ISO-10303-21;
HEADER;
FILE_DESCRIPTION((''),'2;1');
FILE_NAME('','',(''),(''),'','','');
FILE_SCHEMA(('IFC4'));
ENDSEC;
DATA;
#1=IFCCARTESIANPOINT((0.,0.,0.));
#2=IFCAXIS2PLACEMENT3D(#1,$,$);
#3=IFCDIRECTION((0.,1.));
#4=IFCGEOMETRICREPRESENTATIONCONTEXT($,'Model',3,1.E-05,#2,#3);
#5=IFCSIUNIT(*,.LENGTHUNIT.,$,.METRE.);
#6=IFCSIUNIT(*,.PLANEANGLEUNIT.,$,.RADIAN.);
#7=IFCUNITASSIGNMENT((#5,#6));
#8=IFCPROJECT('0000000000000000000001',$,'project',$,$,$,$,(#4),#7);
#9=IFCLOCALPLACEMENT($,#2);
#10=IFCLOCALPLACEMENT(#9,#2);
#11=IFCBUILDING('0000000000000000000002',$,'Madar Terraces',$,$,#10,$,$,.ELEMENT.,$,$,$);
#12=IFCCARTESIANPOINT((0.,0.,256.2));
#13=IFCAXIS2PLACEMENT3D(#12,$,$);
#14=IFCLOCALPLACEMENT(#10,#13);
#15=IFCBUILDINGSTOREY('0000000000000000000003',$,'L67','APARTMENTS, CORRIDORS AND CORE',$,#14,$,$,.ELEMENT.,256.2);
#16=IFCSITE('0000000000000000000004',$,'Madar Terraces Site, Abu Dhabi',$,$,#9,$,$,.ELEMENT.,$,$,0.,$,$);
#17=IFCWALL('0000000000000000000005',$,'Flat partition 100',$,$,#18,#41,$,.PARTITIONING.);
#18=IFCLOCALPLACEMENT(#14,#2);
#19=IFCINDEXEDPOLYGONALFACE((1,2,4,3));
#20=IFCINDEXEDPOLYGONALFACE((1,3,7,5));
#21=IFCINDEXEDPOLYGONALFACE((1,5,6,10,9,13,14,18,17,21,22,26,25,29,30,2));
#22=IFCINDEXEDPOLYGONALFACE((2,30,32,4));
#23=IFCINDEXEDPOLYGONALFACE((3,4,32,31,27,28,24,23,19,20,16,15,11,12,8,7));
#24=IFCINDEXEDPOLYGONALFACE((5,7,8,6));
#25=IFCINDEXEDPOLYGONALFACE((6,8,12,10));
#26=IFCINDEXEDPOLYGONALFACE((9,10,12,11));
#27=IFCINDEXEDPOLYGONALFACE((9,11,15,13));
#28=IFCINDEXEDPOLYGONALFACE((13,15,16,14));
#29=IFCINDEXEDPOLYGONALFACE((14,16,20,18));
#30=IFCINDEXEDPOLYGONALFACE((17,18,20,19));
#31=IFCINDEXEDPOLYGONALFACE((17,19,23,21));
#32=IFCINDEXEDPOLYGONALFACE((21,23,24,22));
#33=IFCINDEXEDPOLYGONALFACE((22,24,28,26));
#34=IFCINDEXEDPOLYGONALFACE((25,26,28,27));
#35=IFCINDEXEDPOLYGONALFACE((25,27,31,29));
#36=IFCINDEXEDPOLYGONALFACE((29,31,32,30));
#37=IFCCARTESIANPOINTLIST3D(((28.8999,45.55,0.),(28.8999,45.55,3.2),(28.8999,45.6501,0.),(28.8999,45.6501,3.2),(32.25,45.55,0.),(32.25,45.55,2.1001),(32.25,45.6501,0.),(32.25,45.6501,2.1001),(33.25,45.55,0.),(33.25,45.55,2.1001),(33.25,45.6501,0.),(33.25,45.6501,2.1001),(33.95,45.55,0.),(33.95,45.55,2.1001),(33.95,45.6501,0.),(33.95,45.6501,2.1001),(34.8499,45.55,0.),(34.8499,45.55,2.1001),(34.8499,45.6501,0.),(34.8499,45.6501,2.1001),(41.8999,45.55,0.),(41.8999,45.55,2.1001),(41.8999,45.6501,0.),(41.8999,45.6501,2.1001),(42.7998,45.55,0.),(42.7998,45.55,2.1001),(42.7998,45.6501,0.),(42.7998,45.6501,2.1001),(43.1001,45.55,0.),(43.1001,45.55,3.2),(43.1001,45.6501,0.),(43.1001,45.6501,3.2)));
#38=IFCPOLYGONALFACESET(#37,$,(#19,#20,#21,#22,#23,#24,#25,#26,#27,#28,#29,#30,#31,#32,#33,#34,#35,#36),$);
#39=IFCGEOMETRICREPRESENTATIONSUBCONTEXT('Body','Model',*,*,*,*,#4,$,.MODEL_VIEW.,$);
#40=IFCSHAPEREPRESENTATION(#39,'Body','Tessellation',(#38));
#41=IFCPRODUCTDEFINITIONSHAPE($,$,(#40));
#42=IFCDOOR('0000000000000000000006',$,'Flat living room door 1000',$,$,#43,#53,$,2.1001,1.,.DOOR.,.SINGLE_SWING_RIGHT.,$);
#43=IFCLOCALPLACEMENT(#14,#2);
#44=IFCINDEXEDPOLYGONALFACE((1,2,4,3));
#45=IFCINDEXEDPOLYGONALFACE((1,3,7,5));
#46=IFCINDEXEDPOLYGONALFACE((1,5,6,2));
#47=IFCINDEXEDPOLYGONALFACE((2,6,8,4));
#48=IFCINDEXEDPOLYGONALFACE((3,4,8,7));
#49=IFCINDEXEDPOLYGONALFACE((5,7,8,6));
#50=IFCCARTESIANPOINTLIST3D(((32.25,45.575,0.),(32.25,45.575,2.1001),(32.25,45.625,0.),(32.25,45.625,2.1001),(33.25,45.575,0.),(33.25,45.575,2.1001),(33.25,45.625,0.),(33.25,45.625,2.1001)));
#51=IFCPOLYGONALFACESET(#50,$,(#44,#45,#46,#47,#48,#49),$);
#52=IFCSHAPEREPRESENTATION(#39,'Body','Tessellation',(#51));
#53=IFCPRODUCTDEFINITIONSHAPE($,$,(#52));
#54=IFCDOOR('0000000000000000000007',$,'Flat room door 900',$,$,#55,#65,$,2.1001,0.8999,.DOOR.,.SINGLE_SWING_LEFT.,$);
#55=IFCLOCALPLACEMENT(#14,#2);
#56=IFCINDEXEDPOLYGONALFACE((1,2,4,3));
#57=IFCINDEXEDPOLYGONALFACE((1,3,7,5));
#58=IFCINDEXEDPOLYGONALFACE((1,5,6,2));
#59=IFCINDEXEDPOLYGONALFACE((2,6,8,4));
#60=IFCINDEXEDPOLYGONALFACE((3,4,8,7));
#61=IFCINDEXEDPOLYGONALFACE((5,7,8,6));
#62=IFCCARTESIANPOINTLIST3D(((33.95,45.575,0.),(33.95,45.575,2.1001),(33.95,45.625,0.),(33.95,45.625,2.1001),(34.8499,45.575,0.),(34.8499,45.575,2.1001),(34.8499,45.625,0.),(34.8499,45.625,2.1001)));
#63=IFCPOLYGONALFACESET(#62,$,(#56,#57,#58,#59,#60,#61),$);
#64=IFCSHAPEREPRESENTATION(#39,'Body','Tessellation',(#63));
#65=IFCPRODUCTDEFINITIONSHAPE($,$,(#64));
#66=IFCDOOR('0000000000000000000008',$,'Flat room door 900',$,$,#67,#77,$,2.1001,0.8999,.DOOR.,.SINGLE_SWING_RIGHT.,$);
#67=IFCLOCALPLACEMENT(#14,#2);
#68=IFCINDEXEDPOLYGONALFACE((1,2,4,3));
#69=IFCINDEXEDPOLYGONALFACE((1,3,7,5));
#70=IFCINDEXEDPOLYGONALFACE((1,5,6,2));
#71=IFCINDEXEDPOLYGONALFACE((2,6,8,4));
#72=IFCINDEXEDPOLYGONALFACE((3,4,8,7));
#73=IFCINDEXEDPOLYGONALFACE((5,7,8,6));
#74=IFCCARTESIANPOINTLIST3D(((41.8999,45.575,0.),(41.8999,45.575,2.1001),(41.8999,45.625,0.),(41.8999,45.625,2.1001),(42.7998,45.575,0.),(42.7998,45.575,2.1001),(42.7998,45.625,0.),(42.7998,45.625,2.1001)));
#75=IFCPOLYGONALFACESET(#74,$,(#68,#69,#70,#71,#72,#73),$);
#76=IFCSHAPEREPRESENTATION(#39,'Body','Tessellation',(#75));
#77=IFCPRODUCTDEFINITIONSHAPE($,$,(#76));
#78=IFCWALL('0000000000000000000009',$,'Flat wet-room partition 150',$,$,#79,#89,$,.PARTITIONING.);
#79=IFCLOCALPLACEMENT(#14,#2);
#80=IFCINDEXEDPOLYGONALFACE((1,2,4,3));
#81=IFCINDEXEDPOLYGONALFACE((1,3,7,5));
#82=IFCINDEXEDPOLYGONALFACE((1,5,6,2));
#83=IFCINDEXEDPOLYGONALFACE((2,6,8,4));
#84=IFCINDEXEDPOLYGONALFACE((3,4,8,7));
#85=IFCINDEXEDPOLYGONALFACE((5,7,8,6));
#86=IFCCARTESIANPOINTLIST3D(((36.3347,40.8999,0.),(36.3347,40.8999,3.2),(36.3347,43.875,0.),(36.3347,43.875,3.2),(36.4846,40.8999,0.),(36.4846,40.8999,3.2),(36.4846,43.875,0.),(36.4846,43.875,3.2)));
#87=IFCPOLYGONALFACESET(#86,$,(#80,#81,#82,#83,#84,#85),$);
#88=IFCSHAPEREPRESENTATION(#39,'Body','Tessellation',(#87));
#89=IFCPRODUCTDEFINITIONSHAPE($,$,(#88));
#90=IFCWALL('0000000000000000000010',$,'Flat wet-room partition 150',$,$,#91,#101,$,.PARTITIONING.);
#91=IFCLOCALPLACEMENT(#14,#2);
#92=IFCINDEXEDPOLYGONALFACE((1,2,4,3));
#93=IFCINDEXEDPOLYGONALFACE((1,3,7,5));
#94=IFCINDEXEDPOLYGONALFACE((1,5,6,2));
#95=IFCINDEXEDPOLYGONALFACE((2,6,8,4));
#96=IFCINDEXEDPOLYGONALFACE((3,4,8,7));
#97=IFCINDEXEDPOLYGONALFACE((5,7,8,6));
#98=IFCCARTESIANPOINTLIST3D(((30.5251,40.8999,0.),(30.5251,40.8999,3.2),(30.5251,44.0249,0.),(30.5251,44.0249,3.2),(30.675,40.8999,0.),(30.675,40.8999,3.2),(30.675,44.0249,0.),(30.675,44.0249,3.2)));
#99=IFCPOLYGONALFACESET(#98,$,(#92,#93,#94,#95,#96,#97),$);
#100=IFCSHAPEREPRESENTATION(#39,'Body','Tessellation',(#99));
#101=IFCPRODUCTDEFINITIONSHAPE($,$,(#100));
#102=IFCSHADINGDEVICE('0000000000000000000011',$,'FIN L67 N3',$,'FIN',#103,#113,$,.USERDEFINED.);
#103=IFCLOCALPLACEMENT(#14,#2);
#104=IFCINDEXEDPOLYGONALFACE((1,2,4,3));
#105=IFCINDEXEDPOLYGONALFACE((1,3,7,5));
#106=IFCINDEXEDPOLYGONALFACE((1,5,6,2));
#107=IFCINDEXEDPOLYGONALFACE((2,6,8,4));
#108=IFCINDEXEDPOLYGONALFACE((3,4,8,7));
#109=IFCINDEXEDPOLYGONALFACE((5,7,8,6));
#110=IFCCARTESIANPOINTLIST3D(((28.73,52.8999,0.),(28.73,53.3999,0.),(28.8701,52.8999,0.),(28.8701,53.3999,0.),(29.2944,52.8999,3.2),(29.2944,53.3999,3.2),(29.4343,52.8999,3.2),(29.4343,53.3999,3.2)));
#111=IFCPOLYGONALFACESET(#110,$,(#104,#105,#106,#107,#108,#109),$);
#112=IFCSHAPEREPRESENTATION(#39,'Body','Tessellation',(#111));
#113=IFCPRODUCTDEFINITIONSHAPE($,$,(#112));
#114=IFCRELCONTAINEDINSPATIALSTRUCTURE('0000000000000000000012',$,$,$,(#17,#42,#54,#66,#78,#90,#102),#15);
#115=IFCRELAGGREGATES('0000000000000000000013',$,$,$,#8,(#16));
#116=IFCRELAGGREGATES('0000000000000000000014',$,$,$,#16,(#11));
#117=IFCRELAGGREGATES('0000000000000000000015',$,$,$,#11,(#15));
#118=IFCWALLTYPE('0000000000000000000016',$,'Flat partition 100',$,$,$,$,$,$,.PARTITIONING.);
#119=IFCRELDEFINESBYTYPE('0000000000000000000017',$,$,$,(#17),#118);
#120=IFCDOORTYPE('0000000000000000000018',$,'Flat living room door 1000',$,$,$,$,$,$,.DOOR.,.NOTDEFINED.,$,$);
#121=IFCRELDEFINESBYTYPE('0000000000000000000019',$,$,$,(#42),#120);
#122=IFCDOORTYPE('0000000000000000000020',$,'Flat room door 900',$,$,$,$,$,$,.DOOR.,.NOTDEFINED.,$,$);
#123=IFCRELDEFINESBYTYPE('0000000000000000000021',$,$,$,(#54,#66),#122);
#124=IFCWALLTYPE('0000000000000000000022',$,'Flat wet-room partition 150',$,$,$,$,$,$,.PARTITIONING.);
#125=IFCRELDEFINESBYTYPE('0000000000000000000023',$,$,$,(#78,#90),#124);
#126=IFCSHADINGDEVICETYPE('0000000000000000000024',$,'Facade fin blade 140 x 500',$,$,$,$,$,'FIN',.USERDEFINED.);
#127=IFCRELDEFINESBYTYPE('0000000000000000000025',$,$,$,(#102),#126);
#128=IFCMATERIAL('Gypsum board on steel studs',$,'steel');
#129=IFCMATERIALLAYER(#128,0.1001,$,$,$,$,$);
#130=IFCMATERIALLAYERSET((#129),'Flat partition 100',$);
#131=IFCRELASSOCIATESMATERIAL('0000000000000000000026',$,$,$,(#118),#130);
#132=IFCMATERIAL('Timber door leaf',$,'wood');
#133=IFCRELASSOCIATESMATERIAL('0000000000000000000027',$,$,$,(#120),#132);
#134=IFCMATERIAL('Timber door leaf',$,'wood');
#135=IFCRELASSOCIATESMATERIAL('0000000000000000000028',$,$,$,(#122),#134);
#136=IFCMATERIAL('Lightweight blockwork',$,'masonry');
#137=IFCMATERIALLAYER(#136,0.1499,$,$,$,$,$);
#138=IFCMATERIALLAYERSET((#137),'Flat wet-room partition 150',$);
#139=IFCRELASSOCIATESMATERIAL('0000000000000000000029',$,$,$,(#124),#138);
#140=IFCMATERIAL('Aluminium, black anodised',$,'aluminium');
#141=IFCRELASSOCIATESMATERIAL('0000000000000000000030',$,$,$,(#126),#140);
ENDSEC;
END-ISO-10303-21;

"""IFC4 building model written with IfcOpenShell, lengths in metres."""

from ifc_helpers import new_model, si_unit, direction, frame, frame_2d, origin, place, context, subcontext, project, spatial, polyline, rectangle, outline, extrude, material, layer, layer_set, type_object, element, fill, save


model = new_model("IFC4")

# Units and contexts
model_context = context("Model", 3, precision=1e-05, world=origin(), true_north=direction((0.0, 1.0)))
body_context = subcontext(model_context, "Body", "Model", "MODEL_VIEW")
ifc_project = project(units=[si_unit("LENGTHUNIT", "METRE"), si_unit("PLANEANGLEUNIT", "RADIAN")], contexts=[model_context])

# Site, building, storey
site_placement = place(None, origin())
site = spatial("IfcSite", under=ifc_project, at=site_placement, Name="Madar Terraces Site, Abu Dhabi", CompositionType="ELEMENT", RefElevation=0.0)
building_placement = place(site_placement, origin())
building = spatial("IfcBuilding", under=site, at=building_placement, Name="Madar Terraces", CompositionType="ELEMENT")
storey_placement = place(building_placement, frame((0.0, 0.0, 256.2)))
storey = spatial("IfcBuildingStorey", under=building, at=storey_placement, Name="L67", Description="APARTMENTS, CORRIDORS AND CORE", CompositionType="ELEMENT", Elevation=256.2)

# Shared definitions
ifc_material_1 = material(Name="Gypsum board on steel studs", Category="steel")
ifc_layer_1 = layer(ifc_material_1, 0.1001)
ifc_layer_set_1 = layer_set([ifc_layer_1], Name="Flat partition 100")
wall_type_1 = type_object("IfcWallType", Name="Flat partition 100", PredefinedType="PARTITIONING", material=ifc_layer_set_1)

# Wall, openings, doors
wall_1_placement = place(storey_placement, frame((28.8999, 45.6001, 0.0), z_axis=(0.0, 0.0, 1.0), x_axis=(1.0, 0.0, 0.0)))
wall_1 = element("IfcWall", 1, at=wall_1_placement, inside=storey, type_object=wall_type_1, Name="Flat partition 100", PredefinedType="PARTITIONING", context=body_context, shape_type="SweptSolid", body=[
    extrude(rectangle(XDim=14.2002, YDim=0.1001, at=frame_2d((7.1001, 0.0))), origin(), (0.0, 0.0, 1.0), 3.2),
])
opening_1_placement = place(wall_1_placement, frame((3.3501, 0.0, 0.0)))
opening_1 = element("IfcOpeningElement", 2, at=opening_1_placement, cuts=wall_1, PredefinedType="OPENING", context=body_context, shape_type="SweptSolid", body=[
    extrude(rectangle(XDim=1.0, YDim=2.1001, at=frame_2d((0.5, 1.05))), frame((0.0, 0.0601, 0.0), z_axis=(0.0, -1.0, 0.0), x_axis=(1.0, 0.0, 0.0)), (0.0, 0.0, 1.0), 0.1201),
])
opening_2_placement = place(wall_1_placement, frame((5.05, 0.0, 0.0)))
opening_2 = element("IfcOpeningElement", 3, at=opening_2_placement, cuts=wall_1, PredefinedType="OPENING", context=body_context, shape_type="SweptSolid", body=[
    extrude(rectangle(XDim=0.8999, YDim=2.1001, at=frame_2d((0.45, 1.05))), frame((0.0, 0.0601, 0.0), z_axis=(0.0, -1.0, 0.0), x_axis=(1.0, 0.0, 0.0)), (0.0, 0.0, 1.0), 0.1201),
])
opening_3_placement = place(wall_1_placement, frame((13.0, 0.0, 0.0)))
opening_3 = element("IfcOpeningElement", 4, at=opening_3_placement, cuts=wall_1, PredefinedType="OPENING", context=body_context, shape_type="SweptSolid", body=[
    extrude(rectangle(XDim=0.8999, YDim=2.1001, at=frame_2d((0.45, 1.05))), frame((0.0, 0.0601, 0.0), z_axis=(0.0, -1.0, 0.0), x_axis=(1.0, 0.0, 0.0)), (0.0, 0.0, 1.0), 0.1201),
])
ifc_material_2 = material(Name="Timber door leaf", Category="wood")
door_type_1 = type_object("IfcDoorType", Name="Flat living room door 1000", OperationType="NOTDEFINED", PredefinedType="DOOR", material=ifc_material_2)
door_1_placement = place(opening_1_placement, origin())
door_1 = element("IfcDoor", 5, at=door_1_placement, inside=storey, type_object=door_type_1, Name="Flat living room door 1000", OperationType="SINGLE_SWING_RIGHT", OverallHeight=2.1001, OverallWidth=1.0, PredefinedType="DOOR", context=body_context, shape_type="SweptSolid", body=[
    extrude(rectangle(XDim=1.0, YDim=2.1001, at=frame_2d((0.5, 1.05))), frame((0.0, 0.0249, 0.0), z_axis=(0.0, -1.0, 0.0), x_axis=(1.0, 0.0, 0.0)), (0.0, 0.0, 1.0), 0.05),
])
fill(opening_1, door_1)
ifc_material_3 = material(Name="Timber door leaf", Category="wood")
door_type_2 = type_object("IfcDoorType", Name="Flat room door 900", OperationType="NOTDEFINED", PredefinedType="DOOR", material=ifc_material_3)
door_2_placement = place(opening_2_placement, origin())
door_2 = element("IfcDoor", 6, at=door_2_placement, inside=storey, type_object=door_type_2, Name="Flat room door 900", OperationType="SINGLE_SWING_LEFT", OverallHeight=2.1001, OverallWidth=0.8999, PredefinedType="DOOR", context=body_context, shape_type="SweptSolid", body=[
    extrude(rectangle(XDim=0.8999, YDim=2.1001, at=frame_2d((0.45, 1.05))), frame((0.0, 0.0249, 0.0), z_axis=(0.0, -1.0, 0.0), x_axis=(1.0, 0.0, 0.0)), (0.0, 0.0, 1.0), 0.05),
])
fill(opening_2, door_2)
door_3_placement = place(opening_3_placement, origin())
door_3 = element("IfcDoor", 7, at=door_3_placement, inside=storey, type_object=door_type_2, Name="Flat room door 900", OperationType="SINGLE_SWING_RIGHT", OverallHeight=2.1001, OverallWidth=0.8999, PredefinedType="DOOR", context=body_context, shape_type="SweptSolid", body=[
    extrude(rectangle(XDim=0.8999, YDim=2.1001, at=frame_2d((0.45, 1.05))), frame((0.0, 0.0249, 0.0), z_axis=(0.0, -1.0, 0.0), x_axis=(1.0, 0.0, 0.0)), (0.0, 0.0, 1.0), 0.05),
])
fill(opening_3, door_3)

# Walls
ifc_material_4 = material(Name="Lightweight blockwork", Category="masonry")
ifc_layer_2 = layer(ifc_material_4, 0.1499)
ifc_layer_set_2 = layer_set([ifc_layer_2], Name="Flat wet-room partition 150")
wall_type_2 = type_object("IfcWallType", Name="Flat wet-room partition 150", PredefinedType="PARTITIONING", material=ifc_layer_set_2)
wall_2_placement = place(storey_placement, frame((36.4097, 40.8999, 0.0), z_axis=(0.0, 0.0, 1.0), x_axis=(0.0, 1.0, 0.0)))
element("IfcWall", 8, at=wall_2_placement, inside=storey, type_object=wall_type_2, Name="Flat wet-room partition 150", PredefinedType="PARTITIONING", context=body_context, shape_type="SweptSolid", body=[
    extrude(rectangle(XDim=2.9751, YDim=0.1499, at=frame_2d((1.4875, 0.0))), origin(), (0.0, 0.0, 1.0), 3.2),
])
wall_3_placement = place(storey_placement, frame((30.6001, 40.8999, 0.0), z_axis=(0.0, 0.0, 1.0), x_axis=(0.0, 1.0, 0.0)))
element("IfcWall", 9, at=wall_3_placement, inside=storey, type_object=wall_type_2, Name="Flat wet-room partition 150", PredefinedType="PARTITIONING", context=body_context, shape_type="SweptSolid", body=[
    extrude(rectangle(XDim=3.125, YDim=0.1499, at=frame_2d((1.5625, 0.0))), origin(), (0.0, 0.0, 1.0), 3.2),
])

# Shading device
ifc_material_5 = material(Name="Aluminium, black anodised", Category="aluminium")
shading_device_type = type_object("IfcShadingDeviceType", Name="Facade fin blade 140 x 500", ElementType="FIN", PredefinedType="USERDEFINED", material=ifc_material_5)
shading_device_placement = place(storey_placement, frame((28.8701, 53.1499, 0.0), z_axis=(0.0, 0.0, 1.0), x_axis=(-1.0, 0.0, 0.0)))
element("IfcShadingDevice", 10, at=shading_device_placement, inside=storey, type_object=shading_device_type, Name="FIN L67 N3", ObjectType="FIN", PredefinedType="USERDEFINED", context=body_context, shape_type="SweptSolid", body=[
    extrude(outline(polyline([(0.0, 0.0), (0.1401, 0.0), (-0.4243, 3.2), (-0.5642, 3.2), (0.0, 0.0)])), frame((0.0, 0.25, 0.0), z_axis=(0.0, -1.0, 0.0), x_axis=(1.0, 0.0, 0.0)), (0.0, 0.0, 1.0), 0.5),
])

save(model, "model.ifc")
